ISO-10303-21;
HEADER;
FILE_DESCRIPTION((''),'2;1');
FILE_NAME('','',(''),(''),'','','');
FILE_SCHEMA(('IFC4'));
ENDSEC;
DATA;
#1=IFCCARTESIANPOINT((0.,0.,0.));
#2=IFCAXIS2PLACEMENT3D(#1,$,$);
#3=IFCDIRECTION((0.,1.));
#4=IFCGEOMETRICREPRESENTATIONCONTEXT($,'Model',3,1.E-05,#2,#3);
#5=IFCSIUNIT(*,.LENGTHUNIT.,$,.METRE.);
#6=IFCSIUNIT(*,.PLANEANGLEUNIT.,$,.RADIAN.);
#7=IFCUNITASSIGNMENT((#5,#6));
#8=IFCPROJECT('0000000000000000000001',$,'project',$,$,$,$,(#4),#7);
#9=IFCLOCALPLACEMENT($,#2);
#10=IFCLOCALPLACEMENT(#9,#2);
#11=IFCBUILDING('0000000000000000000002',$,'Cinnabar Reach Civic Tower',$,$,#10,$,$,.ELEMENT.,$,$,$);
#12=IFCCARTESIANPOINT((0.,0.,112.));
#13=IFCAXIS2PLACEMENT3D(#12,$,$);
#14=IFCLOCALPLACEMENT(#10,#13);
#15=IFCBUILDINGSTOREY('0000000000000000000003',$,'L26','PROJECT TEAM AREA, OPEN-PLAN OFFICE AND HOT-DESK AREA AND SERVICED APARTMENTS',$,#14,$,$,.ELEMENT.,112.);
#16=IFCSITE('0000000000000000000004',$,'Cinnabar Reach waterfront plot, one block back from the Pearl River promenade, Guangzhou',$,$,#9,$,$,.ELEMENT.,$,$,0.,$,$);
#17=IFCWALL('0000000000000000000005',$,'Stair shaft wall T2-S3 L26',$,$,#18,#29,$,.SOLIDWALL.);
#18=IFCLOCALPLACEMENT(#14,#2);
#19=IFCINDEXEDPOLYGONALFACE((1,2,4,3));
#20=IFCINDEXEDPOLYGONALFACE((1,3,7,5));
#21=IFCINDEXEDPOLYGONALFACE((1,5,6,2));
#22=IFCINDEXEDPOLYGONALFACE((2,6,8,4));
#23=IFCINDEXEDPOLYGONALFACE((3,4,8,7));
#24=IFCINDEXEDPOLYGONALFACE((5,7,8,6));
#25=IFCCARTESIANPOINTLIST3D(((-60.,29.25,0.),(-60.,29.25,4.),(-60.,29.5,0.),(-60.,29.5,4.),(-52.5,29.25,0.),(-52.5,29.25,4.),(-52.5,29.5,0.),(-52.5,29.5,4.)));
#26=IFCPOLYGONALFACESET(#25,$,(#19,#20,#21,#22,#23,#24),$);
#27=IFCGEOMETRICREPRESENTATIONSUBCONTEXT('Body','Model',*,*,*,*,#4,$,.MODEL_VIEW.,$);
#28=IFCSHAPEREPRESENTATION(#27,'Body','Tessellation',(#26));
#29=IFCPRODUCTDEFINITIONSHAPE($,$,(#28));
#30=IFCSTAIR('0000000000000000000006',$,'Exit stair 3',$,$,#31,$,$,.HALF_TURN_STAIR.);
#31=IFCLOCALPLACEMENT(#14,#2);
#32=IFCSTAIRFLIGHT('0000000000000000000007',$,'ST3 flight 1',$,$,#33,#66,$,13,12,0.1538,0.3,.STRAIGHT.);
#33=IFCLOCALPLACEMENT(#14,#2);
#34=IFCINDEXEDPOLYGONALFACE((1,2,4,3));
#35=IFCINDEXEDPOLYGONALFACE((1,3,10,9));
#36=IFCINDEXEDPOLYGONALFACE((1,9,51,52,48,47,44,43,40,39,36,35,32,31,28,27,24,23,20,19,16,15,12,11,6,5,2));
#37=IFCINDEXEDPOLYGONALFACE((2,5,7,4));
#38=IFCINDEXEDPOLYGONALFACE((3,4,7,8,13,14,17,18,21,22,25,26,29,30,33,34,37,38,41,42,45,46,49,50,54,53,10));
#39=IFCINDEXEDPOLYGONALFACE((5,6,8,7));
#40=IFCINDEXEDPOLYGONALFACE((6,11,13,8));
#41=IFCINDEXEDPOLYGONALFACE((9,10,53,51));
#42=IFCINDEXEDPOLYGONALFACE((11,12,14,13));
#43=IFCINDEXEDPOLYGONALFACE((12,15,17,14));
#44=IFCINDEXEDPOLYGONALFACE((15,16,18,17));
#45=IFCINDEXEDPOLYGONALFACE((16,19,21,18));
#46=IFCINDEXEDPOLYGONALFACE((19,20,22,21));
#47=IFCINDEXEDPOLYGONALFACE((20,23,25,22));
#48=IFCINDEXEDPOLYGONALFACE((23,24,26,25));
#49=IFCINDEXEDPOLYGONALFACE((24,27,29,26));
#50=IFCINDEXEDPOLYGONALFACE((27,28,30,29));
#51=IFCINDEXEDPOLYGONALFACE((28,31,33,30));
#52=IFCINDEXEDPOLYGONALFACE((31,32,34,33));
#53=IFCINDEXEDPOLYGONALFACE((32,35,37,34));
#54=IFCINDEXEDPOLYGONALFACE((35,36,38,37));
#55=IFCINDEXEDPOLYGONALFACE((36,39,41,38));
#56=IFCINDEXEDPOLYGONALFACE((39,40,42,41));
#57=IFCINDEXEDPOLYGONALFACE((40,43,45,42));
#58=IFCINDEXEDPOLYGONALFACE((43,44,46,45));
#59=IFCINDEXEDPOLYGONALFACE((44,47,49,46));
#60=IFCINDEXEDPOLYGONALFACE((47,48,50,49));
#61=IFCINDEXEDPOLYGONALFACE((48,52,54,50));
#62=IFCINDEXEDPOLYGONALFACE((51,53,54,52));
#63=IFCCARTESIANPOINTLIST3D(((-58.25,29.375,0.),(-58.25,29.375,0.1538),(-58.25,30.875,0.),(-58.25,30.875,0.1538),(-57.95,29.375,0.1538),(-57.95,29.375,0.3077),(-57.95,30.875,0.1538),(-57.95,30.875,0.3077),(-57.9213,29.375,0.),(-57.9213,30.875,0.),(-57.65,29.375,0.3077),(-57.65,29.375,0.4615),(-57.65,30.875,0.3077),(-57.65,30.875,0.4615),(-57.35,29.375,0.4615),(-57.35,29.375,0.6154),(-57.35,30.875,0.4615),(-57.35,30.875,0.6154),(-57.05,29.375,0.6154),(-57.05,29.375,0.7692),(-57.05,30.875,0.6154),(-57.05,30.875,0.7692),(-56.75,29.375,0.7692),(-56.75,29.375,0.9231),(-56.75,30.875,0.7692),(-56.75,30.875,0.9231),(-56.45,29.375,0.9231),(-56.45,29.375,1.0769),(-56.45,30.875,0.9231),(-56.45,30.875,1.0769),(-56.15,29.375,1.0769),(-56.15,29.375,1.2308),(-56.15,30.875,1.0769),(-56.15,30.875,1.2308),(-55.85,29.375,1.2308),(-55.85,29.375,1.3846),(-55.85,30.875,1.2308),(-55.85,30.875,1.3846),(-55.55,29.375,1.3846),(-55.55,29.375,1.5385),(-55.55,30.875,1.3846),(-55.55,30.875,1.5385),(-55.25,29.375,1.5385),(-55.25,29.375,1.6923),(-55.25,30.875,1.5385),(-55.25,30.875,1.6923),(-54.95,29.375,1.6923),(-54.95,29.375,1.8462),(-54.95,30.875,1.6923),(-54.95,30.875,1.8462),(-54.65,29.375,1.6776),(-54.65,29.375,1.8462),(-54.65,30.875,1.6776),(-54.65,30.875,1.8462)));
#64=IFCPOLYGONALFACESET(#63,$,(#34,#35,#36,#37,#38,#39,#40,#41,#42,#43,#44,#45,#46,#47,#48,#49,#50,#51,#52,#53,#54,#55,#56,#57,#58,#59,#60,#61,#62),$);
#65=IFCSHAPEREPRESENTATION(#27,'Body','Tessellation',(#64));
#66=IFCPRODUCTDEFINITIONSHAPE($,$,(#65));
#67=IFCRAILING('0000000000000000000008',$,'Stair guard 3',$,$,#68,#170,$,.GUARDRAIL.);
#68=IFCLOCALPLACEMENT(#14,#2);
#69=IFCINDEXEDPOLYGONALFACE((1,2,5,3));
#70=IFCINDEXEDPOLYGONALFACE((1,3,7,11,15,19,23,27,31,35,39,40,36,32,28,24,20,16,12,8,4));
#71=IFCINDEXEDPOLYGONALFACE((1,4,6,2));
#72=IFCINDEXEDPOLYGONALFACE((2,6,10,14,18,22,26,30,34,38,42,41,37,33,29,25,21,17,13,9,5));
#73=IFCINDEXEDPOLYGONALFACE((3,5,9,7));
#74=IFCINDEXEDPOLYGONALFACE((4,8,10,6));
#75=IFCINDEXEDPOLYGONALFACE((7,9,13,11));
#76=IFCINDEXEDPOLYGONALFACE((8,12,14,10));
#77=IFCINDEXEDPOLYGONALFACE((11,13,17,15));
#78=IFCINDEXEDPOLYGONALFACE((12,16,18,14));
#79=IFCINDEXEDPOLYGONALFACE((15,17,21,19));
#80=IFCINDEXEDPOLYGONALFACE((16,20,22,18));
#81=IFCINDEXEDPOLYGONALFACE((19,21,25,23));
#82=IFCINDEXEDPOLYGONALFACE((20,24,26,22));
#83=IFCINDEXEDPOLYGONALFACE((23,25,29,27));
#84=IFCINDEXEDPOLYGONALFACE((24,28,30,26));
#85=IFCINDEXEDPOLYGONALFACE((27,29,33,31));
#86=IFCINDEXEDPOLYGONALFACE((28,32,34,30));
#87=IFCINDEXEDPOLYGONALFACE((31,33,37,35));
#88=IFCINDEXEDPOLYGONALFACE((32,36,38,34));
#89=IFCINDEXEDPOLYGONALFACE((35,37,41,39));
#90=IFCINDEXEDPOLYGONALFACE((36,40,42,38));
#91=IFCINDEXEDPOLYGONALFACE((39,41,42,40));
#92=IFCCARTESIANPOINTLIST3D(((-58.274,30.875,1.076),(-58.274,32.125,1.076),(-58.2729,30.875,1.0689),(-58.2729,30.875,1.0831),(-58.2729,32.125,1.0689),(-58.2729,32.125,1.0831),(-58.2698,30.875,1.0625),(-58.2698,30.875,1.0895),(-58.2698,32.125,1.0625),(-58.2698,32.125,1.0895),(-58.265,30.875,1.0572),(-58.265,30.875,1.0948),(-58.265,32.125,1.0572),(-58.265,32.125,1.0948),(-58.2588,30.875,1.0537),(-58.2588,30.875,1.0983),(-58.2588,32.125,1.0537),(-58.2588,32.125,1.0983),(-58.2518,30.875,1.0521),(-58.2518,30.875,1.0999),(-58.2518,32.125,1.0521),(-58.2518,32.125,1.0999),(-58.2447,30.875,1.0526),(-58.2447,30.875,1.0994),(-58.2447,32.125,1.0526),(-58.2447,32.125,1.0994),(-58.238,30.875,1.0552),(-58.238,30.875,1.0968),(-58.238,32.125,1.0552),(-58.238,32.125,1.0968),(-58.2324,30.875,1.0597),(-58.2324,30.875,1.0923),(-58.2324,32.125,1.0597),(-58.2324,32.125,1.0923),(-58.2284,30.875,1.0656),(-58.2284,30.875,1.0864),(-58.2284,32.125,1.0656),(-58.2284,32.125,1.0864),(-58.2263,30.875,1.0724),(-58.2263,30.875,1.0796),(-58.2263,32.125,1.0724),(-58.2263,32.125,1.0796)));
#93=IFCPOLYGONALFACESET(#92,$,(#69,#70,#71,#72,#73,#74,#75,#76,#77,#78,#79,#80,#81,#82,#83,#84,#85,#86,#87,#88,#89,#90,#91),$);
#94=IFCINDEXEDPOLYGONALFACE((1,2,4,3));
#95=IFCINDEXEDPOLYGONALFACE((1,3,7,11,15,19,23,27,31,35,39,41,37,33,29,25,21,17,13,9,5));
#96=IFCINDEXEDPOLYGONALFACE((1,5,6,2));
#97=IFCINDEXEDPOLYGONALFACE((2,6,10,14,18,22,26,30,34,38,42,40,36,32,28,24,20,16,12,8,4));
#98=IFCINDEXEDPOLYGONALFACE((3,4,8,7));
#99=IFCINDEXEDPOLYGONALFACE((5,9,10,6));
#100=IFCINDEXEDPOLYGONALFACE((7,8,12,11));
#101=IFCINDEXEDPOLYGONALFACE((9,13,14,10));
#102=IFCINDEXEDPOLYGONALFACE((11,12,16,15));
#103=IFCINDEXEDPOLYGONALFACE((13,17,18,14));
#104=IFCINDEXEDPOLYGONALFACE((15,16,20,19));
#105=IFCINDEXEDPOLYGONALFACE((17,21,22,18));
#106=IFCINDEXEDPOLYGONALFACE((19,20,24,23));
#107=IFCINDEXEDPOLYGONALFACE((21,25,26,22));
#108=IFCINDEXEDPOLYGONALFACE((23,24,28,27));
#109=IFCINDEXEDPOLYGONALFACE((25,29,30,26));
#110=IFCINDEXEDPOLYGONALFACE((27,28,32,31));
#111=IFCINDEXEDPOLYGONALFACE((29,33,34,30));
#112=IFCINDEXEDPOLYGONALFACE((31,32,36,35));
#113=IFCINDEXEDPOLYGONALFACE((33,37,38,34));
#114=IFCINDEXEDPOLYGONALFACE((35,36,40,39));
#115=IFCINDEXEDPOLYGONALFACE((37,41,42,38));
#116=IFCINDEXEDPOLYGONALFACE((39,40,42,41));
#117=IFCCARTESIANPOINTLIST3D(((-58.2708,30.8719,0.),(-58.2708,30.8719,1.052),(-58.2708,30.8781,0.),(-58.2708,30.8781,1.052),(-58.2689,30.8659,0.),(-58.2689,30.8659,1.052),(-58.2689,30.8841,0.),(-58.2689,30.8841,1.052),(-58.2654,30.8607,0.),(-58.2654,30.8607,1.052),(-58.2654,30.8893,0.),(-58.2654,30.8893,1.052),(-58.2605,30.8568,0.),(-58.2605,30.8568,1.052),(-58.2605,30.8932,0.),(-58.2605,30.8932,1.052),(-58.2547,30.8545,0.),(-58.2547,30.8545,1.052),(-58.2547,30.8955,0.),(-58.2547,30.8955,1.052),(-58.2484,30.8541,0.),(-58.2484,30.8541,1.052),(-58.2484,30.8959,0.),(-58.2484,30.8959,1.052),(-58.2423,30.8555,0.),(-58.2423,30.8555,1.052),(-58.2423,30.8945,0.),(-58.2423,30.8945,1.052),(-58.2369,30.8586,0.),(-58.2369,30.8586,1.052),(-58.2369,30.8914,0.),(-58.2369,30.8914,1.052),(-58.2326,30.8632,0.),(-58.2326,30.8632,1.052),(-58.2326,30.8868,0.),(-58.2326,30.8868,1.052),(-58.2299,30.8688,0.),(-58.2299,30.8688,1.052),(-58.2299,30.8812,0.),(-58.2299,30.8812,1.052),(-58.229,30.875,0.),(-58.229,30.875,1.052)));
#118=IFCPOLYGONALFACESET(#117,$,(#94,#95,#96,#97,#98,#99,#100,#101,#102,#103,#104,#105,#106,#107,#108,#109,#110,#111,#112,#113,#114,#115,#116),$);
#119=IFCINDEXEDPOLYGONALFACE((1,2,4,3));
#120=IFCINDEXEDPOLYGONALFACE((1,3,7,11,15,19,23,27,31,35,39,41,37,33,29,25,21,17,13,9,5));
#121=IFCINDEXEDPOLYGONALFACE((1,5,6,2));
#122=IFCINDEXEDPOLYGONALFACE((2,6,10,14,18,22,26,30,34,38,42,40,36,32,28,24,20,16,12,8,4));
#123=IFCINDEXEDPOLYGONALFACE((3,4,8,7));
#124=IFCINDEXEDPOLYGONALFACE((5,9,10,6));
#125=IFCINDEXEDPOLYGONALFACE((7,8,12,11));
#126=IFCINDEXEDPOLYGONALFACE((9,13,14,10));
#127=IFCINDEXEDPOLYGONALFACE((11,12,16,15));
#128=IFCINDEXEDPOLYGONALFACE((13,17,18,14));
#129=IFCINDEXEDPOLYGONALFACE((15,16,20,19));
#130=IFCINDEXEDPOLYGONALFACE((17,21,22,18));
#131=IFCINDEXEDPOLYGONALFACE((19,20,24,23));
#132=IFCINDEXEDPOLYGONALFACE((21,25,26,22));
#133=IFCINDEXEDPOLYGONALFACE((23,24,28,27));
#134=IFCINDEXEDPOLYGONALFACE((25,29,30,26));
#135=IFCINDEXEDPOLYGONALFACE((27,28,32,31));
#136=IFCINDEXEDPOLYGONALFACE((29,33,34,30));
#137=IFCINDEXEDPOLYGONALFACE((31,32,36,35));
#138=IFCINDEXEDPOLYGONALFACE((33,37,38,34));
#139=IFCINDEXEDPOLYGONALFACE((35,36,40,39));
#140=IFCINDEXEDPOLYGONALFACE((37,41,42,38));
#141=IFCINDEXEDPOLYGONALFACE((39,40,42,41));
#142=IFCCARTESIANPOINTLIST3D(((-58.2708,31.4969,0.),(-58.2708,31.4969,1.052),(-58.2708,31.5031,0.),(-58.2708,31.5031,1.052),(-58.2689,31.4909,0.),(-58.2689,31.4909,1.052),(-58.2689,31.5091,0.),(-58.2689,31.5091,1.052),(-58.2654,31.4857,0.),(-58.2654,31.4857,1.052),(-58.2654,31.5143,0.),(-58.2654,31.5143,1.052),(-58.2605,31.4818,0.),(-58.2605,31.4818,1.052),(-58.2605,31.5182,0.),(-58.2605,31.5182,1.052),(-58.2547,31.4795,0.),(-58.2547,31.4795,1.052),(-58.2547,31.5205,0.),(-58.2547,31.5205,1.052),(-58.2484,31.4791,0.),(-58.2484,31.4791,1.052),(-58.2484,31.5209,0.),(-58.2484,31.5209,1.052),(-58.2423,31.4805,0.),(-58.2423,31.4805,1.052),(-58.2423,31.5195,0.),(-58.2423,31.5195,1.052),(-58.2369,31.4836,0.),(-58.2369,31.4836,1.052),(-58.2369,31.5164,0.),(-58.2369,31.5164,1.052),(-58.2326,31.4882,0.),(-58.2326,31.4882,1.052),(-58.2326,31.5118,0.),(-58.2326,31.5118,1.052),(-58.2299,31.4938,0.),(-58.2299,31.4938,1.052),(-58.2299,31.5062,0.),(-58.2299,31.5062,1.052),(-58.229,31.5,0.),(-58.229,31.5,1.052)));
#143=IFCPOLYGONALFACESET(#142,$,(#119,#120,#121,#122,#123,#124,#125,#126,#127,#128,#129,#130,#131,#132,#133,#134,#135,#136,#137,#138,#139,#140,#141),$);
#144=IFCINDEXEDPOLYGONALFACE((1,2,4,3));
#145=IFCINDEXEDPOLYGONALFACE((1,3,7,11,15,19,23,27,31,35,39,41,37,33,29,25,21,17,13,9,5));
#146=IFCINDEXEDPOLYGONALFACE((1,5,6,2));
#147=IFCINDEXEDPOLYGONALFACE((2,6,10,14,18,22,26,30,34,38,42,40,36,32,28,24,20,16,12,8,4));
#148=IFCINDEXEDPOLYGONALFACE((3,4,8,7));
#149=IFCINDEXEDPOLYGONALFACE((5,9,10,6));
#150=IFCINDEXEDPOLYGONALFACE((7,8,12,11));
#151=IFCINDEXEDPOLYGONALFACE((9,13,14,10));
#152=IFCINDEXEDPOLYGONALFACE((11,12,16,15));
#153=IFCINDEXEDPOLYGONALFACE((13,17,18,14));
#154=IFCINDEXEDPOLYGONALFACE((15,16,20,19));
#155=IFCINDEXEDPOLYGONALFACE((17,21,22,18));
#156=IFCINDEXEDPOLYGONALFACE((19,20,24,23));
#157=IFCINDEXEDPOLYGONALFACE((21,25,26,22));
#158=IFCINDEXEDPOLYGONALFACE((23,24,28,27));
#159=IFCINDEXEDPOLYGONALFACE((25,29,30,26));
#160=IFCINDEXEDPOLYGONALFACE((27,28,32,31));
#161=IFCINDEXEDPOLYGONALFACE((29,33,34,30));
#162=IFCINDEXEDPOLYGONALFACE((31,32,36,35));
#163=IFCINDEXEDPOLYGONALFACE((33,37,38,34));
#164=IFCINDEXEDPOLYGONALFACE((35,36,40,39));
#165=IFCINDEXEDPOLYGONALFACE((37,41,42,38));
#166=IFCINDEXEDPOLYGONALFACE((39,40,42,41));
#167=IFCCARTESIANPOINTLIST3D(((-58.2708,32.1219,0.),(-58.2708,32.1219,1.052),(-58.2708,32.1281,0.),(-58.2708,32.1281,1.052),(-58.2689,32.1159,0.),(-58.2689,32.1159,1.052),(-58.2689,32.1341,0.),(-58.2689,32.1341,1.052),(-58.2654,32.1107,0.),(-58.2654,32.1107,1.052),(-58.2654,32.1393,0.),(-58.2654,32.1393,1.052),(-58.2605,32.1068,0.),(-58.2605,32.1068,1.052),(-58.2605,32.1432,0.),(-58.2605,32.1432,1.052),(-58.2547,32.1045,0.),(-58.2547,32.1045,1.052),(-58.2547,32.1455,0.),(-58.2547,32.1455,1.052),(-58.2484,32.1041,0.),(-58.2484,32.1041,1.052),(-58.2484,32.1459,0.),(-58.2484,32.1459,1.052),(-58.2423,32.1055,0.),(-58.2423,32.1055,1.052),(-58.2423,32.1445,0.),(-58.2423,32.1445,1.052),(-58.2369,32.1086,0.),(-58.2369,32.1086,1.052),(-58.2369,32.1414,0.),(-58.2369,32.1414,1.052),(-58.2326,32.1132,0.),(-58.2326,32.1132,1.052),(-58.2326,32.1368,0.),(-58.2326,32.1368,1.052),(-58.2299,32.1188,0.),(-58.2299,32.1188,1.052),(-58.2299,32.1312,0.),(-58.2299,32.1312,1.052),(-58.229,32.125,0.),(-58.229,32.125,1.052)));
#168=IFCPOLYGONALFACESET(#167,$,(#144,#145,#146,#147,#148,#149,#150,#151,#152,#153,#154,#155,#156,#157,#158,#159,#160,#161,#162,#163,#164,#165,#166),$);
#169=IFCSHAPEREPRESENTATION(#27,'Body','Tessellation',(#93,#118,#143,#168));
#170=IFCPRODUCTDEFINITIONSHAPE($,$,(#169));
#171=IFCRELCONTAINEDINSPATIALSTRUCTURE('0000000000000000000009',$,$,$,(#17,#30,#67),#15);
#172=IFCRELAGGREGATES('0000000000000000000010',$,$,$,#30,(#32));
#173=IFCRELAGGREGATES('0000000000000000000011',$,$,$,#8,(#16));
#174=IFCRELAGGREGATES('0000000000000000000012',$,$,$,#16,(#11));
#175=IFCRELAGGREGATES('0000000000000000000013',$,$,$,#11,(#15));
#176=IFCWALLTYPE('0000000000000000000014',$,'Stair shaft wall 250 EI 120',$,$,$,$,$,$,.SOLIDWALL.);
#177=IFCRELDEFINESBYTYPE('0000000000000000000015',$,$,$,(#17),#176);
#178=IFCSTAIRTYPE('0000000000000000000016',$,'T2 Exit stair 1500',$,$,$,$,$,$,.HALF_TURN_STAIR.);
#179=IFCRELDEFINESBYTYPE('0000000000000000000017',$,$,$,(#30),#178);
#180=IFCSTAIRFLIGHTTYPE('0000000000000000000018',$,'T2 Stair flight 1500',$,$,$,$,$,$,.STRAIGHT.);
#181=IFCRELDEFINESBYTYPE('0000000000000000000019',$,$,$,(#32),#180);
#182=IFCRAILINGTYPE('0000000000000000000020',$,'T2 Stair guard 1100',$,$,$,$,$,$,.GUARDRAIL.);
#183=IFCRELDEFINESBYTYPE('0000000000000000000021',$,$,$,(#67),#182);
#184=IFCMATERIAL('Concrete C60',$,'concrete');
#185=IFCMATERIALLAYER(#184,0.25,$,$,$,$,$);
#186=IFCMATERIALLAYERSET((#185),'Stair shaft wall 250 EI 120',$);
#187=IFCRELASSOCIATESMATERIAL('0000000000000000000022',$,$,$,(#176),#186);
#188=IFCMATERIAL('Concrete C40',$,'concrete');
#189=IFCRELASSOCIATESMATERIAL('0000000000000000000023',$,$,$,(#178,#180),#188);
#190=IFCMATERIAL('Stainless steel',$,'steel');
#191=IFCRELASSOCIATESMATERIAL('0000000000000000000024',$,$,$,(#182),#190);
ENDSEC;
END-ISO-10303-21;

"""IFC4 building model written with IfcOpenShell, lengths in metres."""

from ifc_helpers import new_model, si_unit, direction, frame, frame_2d, origin, origin_2d, place, context, subcontext, project, spatial, polyline, rectangle, circle, outline, extrude, material, layer, layer_set, type_object, element, aggregate, save


model = new_model("IFC4")

# Units and contexts
model_context = context("Model", 3, precision=1e-05, world=origin(), true_north=direction((0.0, 1.0)))
body_context = subcontext(model_context, "Body", "Model", "MODEL_VIEW")
ifc_project = project(units=[si_unit("LENGTHUNIT", "METRE"), si_unit("PLANEANGLEUNIT", "RADIAN")], contexts=[model_context])

# Site, building, storey
site_placement = place(None, origin())
site = spatial("IfcSite", under=ifc_project, at=site_placement, Name="Cinnabar Reach waterfront plot, one block back from the Pearl River promenade, Guangzhou", CompositionType="ELEMENT", RefElevation=0.0)
building_placement = place(site_placement, origin())
building = spatial("IfcBuilding", under=site, at=building_placement, Name="Cinnabar Reach Civic Tower", CompositionType="ELEMENT")
storey_placement = place(building_placement, frame((0.0, 0.0, 112.0)))
storey = spatial("IfcBuildingStorey", under=building, at=storey_placement, Name="L26", Description="PROJECT TEAM AREA, OPEN-PLAN OFFICE AND HOT-DESK AREA AND SERVICED APARTMENTS", CompositionType="ELEMENT", Elevation=112.0)

# Shared definitions
ifc_material_1 = material(Name="Concrete C60", Category="concrete")

# Wall
ifc_layer_1 = layer(ifc_material_1, 0.25)
ifc_layer_set_1 = layer_set([ifc_layer_1], Name="Stair shaft wall 250 EI 120")
wall_type_1 = type_object("IfcWallType", Name="Stair shaft wall 250 EI 120", PredefinedType="SOLIDWALL", material=ifc_layer_set_1)
wall_1_placement = place(storey_placement, frame((-60.0, 29.375, 0.0), z_axis=(0.0, 0.0, 1.0), x_axis=(1.0, 0.0, 0.0)))
element("IfcWall", 1, at=wall_1_placement, inside=storey, type_object=wall_type_1, Name="Stair shaft wall T2-S3 L26", PredefinedType="SOLIDWALL", context=body_context, shape_type="SweptSolid", body=[
    extrude(rectangle(XDim=7.5, YDim=0.25, at=frame_2d((3.75, 0.0))), origin(), (0.0, 0.0, 1.0), 4.0),
])

# Stair, stair flight
ifc_material_2 = material(Name="Concrete C40", Category="concrete")
stair_type = type_object("IfcStairType", Name="T2 Exit stair 1500", PredefinedType="HALF_TURN_STAIR", material=ifc_material_2)
stair_placement = place(storey_placement, origin())
stair = element("IfcStair", 2, at=stair_placement, inside=storey, type_object=stair_type, Name="Exit stair 3", PredefinedType="HALF_TURN_STAIR")
stair_flight_type = type_object("IfcStairFlightType", Name="T2 Stair flight 1500", PredefinedType="STRAIGHT", material=ifc_material_2)
stair_flight_placement = place(storey_placement, frame((-58.25, 30.125, 0.0), z_axis=(0.0, 0.0, 1.0), x_axis=(1.0, 0.0, 0.0)))
stair_flight = element("IfcStairFlight", 3, at=stair_flight_placement, type_object=stair_flight_type, Name="ST3 flight 1", NumberOfRisers=13, NumberOfTreads=12, PredefinedType="STRAIGHT", RiserHeight=0.1538, TreadLength=0.3, context=body_context, shape_type="SweptSolid", body=[
    extrude(outline(polyline([(0.0, 0.0), (0.0, 0.1538), (0.3, 0.1538), (0.3, 0.3077), (0.6, 0.3077), (0.6, 0.4615), (0.9, 0.4615), (0.9, 0.6154), (1.2, 0.6154), (1.2, 0.7692), (1.5, 0.7692), (1.5, 0.9231), (1.8, 0.9231), (1.8, 1.0769), (2.1, 1.0769), (2.1, 1.2308), (2.4, 1.2308), (2.4, 1.3846), (2.7, 1.3846), (2.7, 1.5385), (3.0, 1.5385), (3.0, 1.6923), (3.3, 1.6923), (3.3, 1.8462), (3.6, 1.8462), (3.6, 2.0), (3.6, 1.6776), (0.3287, 0.0), (0.0, 0.0)])), frame((0.0, 0.75, 0.0), z_axis=(0.0, -1.0, 0.0), x_axis=(1.0, 0.0, 0.0)), (0.0, 0.0, 1.0), 1.5),
])
aggregate(stair, [stair_flight])

# Railing
ifc_material_3 = material(Name="Stainless steel", Category="steel")
railing_type = type_object("IfcRailingType", Name="T2 Stair guard 1100", PredefinedType="GUARDRAIL", material=ifc_material_3)
for number, where, name in (
    (4, (-58.25, 30.875, 0.0), "Stair guard 3"),
):
    element("IfcRailing", number, at=place(storey_placement, frame(where)), inside=storey, type_object=railing_type, Name=name, PredefinedType="GUARDRAIL", context=body_context, shape_type="SweptSolid", body=[
        extrude(circle(Radius=0.024, at=origin_2d()), frame((0.0, 0.0, 1.076), z_axis=(0.0, 1.0, 0.0), x_axis=(-1.0, 0.0, 0.0)), (0.0, 0.0, 1.0), 1.25),
        extrude(circle(Radius=0.021, at=origin_2d()), origin(), (0.0, 0.0, 1.0), 1.052),
        extrude(circle(Radius=0.021, at=origin_2d()), frame((0.0, 0.625, 0.0)), (0.0, 0.0, 1.0), 1.052),
        extrude(circle(Radius=0.021, at=origin_2d()), frame((0.0, 1.25, 0.0)), (0.0, 0.0, 1.0), 1.052),
    ])

save(model, "model.ifc")
